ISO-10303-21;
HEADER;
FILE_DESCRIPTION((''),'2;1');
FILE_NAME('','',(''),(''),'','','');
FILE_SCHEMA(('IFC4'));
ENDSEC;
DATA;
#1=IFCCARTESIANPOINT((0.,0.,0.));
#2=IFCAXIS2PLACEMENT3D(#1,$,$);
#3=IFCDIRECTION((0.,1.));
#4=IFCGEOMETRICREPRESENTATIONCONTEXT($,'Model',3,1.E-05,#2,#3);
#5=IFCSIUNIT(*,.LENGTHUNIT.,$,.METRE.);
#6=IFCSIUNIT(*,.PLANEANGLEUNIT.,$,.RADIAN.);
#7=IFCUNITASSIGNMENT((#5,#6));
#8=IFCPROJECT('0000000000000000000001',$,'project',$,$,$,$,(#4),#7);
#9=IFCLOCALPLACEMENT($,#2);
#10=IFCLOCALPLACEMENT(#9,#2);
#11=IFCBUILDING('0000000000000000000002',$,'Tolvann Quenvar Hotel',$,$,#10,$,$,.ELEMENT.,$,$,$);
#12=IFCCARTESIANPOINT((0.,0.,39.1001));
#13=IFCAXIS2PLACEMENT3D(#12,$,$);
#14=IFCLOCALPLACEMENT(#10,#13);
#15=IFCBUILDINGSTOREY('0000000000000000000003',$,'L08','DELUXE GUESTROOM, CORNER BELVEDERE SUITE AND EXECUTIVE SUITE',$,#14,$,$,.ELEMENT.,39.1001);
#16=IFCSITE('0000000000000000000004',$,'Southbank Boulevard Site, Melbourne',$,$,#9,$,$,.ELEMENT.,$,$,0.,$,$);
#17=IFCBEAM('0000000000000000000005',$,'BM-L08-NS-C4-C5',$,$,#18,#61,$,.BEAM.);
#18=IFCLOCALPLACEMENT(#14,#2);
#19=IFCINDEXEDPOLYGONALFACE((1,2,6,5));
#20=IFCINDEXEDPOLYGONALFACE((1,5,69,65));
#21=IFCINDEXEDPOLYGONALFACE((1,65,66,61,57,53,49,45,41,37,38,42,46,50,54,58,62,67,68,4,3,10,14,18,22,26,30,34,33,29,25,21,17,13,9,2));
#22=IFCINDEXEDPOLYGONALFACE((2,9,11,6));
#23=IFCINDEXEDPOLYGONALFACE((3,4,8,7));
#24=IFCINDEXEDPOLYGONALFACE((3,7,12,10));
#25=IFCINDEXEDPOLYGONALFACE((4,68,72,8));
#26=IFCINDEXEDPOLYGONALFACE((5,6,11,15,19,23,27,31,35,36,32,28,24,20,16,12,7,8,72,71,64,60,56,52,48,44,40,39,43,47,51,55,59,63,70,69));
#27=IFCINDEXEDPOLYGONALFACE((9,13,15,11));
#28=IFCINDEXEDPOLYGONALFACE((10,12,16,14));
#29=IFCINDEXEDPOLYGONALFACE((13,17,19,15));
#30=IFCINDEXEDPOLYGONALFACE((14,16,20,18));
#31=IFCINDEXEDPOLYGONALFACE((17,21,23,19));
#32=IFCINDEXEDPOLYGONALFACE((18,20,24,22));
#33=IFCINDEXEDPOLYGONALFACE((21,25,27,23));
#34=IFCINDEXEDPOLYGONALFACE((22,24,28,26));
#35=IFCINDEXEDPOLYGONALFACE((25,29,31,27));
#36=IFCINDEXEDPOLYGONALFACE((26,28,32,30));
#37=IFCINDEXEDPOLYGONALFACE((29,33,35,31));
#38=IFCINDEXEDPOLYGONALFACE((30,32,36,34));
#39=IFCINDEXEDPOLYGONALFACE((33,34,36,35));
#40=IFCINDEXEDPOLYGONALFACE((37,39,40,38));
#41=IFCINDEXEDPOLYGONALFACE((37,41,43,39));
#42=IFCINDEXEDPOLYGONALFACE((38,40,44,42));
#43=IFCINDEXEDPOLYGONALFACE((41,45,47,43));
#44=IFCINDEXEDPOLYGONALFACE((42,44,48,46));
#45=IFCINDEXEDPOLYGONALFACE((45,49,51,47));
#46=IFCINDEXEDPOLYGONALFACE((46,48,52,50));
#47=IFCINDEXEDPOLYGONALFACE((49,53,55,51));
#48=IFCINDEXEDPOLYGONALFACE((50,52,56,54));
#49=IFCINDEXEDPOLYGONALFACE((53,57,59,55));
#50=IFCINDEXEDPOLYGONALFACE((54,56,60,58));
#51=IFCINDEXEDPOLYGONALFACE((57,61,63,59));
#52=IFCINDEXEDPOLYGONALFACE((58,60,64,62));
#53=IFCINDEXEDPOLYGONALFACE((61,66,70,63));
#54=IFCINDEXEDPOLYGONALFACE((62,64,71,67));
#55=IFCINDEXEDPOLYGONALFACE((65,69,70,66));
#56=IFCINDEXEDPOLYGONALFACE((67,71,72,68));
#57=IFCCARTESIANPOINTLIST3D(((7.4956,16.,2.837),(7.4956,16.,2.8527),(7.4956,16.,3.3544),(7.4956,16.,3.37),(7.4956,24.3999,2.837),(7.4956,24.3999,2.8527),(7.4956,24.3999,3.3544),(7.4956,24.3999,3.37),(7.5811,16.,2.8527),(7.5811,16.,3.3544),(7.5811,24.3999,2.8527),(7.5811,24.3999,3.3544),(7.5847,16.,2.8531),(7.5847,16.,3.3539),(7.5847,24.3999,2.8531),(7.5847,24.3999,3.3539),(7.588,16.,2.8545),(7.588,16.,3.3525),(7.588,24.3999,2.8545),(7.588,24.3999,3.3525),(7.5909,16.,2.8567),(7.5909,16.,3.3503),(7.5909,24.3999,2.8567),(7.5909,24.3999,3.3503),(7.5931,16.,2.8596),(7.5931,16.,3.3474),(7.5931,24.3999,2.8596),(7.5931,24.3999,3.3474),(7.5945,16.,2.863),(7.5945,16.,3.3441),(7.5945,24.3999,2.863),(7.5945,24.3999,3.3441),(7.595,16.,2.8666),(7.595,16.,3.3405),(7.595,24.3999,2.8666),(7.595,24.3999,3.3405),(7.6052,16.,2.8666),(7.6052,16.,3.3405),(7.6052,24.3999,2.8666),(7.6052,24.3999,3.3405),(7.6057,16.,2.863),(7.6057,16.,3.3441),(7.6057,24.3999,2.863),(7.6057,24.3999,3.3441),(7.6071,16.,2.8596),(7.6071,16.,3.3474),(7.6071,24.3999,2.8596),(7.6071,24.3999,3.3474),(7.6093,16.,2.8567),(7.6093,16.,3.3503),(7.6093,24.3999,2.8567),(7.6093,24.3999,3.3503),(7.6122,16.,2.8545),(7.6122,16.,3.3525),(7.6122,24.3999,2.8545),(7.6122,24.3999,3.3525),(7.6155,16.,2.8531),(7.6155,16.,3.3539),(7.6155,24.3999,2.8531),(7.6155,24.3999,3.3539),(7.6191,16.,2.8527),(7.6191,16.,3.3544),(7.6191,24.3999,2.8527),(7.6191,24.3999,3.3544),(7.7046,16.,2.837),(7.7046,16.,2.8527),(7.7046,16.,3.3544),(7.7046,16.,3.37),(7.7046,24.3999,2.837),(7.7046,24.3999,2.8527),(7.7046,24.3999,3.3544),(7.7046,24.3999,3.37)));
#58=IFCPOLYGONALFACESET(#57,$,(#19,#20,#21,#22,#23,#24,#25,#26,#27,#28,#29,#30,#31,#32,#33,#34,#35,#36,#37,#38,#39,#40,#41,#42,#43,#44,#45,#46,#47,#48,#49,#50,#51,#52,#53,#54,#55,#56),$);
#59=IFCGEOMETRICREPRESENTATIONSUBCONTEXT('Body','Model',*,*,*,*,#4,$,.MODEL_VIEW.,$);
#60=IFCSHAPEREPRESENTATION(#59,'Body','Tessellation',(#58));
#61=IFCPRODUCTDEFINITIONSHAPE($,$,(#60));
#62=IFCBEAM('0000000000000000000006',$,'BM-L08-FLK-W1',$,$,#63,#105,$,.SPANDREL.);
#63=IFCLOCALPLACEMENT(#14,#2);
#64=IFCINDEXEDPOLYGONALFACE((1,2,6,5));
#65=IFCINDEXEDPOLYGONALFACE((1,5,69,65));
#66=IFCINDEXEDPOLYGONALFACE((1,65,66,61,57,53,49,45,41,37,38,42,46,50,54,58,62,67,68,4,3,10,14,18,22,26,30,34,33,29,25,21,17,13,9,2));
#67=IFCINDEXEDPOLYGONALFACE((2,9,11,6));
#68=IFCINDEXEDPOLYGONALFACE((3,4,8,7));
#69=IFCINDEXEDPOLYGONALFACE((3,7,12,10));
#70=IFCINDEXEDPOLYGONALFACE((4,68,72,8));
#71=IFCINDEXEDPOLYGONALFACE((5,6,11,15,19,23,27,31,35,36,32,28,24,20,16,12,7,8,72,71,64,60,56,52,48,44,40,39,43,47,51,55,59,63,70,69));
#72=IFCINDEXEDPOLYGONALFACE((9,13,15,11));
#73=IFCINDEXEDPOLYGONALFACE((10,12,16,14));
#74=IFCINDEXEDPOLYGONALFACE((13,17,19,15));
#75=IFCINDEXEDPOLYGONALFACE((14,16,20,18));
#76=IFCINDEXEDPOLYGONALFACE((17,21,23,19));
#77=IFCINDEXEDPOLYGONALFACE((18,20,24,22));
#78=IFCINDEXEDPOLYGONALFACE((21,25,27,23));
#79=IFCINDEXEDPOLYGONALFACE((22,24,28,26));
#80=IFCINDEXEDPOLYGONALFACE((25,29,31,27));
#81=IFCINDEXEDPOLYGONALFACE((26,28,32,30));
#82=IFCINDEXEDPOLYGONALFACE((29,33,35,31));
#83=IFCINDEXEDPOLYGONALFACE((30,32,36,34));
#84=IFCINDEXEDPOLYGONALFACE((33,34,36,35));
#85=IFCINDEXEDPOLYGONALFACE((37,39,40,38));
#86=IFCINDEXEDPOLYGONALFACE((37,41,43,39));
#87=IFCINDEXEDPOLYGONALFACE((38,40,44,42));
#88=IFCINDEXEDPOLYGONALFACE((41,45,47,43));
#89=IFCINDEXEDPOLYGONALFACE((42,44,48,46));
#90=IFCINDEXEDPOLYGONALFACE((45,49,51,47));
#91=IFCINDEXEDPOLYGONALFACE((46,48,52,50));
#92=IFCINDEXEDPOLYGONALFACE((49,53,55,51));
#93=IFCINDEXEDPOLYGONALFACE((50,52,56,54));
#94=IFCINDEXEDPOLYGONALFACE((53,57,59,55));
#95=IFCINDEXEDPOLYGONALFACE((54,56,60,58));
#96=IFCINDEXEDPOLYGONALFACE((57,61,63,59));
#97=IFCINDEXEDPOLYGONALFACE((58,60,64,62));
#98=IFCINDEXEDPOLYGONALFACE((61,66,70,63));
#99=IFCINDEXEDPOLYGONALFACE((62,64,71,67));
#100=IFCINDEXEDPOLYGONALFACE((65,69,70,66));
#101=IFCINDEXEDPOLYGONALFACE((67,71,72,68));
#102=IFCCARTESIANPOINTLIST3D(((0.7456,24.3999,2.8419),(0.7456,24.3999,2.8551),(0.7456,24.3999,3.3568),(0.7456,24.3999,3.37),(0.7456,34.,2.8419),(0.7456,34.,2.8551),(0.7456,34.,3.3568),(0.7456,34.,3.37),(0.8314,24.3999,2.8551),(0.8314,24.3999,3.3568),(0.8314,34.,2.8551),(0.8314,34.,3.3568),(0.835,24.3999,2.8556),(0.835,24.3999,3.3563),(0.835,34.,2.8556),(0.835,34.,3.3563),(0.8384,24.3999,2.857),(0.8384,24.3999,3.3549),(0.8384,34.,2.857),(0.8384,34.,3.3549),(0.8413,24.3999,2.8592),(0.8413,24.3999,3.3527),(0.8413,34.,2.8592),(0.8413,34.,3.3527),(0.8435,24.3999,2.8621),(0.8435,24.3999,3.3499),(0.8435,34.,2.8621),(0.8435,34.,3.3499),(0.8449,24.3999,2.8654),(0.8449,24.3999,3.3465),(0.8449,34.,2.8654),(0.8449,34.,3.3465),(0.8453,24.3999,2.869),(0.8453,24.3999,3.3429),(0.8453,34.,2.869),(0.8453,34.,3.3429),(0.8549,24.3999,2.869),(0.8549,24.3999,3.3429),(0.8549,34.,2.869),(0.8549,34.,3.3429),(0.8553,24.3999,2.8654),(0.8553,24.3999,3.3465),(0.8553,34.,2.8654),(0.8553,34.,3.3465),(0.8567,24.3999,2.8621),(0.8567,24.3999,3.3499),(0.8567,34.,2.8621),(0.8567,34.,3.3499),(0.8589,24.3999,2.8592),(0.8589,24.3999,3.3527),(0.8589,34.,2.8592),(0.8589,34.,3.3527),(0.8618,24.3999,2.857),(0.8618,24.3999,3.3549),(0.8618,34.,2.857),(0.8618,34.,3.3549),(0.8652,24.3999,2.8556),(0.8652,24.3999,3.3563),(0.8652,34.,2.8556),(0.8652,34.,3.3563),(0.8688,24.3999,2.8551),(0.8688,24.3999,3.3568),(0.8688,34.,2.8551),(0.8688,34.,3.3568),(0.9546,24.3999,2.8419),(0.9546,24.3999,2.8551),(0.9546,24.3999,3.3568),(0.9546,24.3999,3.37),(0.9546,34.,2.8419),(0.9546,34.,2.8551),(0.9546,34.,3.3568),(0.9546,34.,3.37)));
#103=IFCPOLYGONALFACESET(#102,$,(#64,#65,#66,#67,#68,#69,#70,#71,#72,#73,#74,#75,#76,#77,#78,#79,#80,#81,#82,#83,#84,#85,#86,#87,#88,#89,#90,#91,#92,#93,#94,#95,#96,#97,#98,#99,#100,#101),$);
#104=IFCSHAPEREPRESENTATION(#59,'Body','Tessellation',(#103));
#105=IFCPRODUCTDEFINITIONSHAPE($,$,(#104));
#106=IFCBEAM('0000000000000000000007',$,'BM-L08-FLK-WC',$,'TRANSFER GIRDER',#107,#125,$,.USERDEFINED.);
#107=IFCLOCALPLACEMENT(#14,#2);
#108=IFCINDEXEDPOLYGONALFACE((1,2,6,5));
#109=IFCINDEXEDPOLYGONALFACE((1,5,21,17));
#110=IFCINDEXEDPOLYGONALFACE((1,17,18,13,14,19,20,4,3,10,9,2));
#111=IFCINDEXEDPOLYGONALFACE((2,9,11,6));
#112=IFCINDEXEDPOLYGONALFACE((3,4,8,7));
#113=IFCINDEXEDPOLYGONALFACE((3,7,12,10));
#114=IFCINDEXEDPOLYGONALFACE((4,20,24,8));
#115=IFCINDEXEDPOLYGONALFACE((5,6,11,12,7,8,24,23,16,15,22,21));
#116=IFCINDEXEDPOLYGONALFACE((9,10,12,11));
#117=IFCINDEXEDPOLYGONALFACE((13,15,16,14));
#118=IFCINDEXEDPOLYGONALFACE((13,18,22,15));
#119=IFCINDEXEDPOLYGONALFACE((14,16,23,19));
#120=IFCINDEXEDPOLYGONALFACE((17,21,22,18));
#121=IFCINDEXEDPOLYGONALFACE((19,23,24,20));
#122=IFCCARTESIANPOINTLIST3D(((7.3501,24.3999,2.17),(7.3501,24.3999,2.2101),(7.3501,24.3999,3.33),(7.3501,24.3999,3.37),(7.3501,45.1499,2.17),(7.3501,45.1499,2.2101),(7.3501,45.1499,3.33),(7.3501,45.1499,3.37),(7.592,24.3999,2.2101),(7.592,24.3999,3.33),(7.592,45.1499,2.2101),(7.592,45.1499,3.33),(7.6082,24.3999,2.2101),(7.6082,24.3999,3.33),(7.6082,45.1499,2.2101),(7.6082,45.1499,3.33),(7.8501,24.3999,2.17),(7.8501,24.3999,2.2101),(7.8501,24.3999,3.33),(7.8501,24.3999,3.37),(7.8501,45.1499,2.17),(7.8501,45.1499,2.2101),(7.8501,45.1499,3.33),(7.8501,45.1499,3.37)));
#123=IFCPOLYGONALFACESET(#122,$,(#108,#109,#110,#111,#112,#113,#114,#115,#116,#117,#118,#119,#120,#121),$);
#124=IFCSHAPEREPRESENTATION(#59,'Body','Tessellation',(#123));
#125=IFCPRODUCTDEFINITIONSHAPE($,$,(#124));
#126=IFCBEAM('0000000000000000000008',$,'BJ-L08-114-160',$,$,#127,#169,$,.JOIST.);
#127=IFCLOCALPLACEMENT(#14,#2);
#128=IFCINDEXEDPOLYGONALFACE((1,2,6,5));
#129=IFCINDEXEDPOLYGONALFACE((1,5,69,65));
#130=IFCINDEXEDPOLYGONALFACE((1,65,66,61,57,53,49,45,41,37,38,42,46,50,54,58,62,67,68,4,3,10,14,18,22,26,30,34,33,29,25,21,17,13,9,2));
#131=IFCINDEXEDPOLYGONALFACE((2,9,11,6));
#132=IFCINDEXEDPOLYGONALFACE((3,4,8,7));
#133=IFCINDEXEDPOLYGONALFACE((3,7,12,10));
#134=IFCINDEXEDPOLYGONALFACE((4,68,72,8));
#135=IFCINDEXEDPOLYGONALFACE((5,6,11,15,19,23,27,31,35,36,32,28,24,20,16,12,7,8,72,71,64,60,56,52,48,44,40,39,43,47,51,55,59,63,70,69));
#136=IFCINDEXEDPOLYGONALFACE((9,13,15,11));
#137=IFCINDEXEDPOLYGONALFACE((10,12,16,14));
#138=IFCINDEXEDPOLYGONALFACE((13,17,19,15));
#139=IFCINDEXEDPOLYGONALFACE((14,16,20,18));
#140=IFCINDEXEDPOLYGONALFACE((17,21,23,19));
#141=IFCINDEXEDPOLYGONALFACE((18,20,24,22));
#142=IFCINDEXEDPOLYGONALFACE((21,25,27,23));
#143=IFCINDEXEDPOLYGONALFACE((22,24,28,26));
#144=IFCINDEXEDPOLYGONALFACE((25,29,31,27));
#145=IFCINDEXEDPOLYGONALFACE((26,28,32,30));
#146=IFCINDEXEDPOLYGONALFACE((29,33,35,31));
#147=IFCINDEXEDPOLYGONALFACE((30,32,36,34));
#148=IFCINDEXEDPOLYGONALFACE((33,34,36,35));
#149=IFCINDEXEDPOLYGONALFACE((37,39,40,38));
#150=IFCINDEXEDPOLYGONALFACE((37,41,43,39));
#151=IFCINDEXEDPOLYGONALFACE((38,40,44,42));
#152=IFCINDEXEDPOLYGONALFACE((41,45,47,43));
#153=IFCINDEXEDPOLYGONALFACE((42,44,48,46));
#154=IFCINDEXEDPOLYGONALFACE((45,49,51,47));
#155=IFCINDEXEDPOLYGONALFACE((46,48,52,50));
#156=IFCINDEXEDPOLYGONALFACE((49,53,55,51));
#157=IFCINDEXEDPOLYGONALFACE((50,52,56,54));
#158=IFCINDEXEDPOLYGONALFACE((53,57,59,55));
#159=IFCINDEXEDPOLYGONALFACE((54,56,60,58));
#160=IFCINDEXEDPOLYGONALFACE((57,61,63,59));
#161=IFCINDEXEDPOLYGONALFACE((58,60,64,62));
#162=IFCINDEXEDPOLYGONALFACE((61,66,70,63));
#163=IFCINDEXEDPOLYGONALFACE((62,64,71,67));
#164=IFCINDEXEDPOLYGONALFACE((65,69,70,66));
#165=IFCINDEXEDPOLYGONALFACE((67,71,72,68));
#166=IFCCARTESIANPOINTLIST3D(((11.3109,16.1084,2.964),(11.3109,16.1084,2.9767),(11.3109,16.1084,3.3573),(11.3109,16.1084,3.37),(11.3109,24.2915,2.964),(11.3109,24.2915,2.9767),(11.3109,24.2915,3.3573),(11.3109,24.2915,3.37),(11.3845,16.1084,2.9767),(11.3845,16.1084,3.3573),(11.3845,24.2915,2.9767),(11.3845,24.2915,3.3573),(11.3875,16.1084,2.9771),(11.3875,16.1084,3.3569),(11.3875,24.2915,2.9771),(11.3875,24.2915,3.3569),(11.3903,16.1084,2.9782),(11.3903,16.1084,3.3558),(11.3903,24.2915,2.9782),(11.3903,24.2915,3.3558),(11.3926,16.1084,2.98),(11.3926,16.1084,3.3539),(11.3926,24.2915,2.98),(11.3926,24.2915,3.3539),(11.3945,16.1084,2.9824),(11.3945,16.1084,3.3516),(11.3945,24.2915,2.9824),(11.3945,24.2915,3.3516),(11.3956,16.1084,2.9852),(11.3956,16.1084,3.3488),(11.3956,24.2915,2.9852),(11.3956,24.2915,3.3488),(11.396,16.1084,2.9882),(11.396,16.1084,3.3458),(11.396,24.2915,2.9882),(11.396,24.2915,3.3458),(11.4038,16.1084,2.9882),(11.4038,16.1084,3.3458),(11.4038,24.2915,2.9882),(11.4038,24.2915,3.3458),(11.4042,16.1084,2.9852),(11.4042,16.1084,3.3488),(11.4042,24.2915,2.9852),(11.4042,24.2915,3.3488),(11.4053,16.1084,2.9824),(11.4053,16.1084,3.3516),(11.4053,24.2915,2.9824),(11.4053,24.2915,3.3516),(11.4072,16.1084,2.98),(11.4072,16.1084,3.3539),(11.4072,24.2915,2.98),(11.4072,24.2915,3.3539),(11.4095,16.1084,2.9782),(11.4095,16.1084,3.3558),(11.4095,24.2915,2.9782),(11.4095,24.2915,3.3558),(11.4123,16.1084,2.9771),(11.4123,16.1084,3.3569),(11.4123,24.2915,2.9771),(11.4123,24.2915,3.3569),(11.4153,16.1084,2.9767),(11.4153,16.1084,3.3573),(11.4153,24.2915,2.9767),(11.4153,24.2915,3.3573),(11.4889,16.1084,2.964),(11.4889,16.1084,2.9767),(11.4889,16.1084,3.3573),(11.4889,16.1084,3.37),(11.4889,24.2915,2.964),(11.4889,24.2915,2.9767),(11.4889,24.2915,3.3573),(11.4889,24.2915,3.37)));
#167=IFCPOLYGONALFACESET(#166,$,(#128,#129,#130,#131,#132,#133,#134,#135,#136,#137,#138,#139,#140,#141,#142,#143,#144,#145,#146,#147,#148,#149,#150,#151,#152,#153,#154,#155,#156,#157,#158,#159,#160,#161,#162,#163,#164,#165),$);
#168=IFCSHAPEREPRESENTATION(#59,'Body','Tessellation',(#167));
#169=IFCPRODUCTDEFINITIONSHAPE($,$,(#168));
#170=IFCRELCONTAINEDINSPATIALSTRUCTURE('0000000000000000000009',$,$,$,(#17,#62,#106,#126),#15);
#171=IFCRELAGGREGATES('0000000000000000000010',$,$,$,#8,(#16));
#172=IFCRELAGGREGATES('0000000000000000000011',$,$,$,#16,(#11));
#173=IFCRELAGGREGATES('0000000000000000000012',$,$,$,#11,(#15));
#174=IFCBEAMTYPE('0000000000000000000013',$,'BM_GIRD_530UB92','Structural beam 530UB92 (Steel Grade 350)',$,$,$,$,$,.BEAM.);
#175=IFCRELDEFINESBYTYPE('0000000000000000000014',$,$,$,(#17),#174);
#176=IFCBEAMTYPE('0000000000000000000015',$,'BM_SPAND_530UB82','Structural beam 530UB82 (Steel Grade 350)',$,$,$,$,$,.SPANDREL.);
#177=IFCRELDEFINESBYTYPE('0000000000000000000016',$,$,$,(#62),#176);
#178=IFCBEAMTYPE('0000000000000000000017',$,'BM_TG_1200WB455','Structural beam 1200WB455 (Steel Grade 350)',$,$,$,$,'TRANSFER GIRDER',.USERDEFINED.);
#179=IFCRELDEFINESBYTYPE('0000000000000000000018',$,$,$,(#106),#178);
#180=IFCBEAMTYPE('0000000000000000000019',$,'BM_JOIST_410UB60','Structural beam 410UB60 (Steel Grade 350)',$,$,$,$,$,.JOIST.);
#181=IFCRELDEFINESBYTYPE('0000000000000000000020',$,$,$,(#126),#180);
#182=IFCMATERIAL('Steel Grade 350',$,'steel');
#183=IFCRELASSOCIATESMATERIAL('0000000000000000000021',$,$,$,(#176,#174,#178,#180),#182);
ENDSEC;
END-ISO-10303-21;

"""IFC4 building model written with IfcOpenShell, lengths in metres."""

from ifc_helpers import new_model, si_unit, direction, frame, origin, origin_2d, place, context, subcontext, project, spatial, i_section, extrude, source, transform, mapped, material, material_profile, profile_set, type_object, type_shapes, element, save


model = new_model("IFC4")

# Units and contexts
model_context = context("Model", 3, precision=1e-05, world=origin(), true_north=direction((0.0, 1.0)))
body_context = subcontext(model_context, "Body", "Model", "MODEL_VIEW")
ifc_project = project(units=[si_unit("LENGTHUNIT", "METRE"), si_unit("PLANEANGLEUNIT", "RADIAN")], contexts=[model_context])

# Site, building, storey
site_placement = place(None, origin())
site = spatial("IfcSite", under=ifc_project, at=site_placement, Name="Southbank Boulevard Site, Melbourne", CompositionType="ELEMENT", RefElevation=0.0)
building_placement = place(site_placement, origin())
building = spatial("IfcBuilding", under=site, at=building_placement, Name="Tolvann Quenvar Hotel", CompositionType="ELEMENT")
storey_placement = place(building_placement, frame((0.0, 0.0, 39.1001)))
storey = spatial("IfcBuildingStorey", under=building, at=storey_placement, Name="L08", Description="DELUXE GUESTROOM, CORNER BELVEDERE SUITE AND EXECUTIVE SUITE", CompositionType="ELEMENT", Elevation=39.1001)

# Shared definitions
ifc_material_1 = material(Name="Steel Grade 350", Category="steel")

# Beams
ifc_material_profile_1 = material_profile(ifc_material_1, i_section(OverallWidth=0.209, OverallDepth=0.5281, WebThickness=0.0095, FlangeThickness=0.0132, FilletRadius=0.0139, at=origin_2d()), Name="530UB82")
ifc_profile_set_1 = profile_set([ifc_material_profile_1], Name="Steel Grade 350")
beam_type_1 = type_object("IfcBeamType", Name="BM_SPAND_530UB82", Description="Structural beam 530UB82 (Steel Grade 350)", PredefinedType="SPANDREL", material=ifc_profile_set_1)
ifc_material_profile_2 = material_profile(ifc_material_1, i_section(OverallWidth=0.209, OverallDepth=0.533, WebThickness=0.0103, FlangeThickness=0.0156, FilletRadius=0.0139, at=origin_2d()), Name="530UB92")
ifc_profile_set_2 = profile_set([ifc_material_profile_2], Name="Steel Grade 350")
beam_type_2 = type_object("IfcBeamType", Name="BM_GIRD_530UB92", Description="Structural beam 530UB92 (Steel Grade 350)", PredefinedType="BEAM", material=ifc_profile_set_2)
shared_shape_1 = source(origin(), body_context, "Body", "SweptSolid", [
    extrude(i_section(OverallWidth=0.209, OverallDepth=0.533, WebThickness=0.0103, FlangeThickness=0.0156, FilletRadius=0.0139, at=origin_2d()), origin(), (0.0, 0.0, 1.0), 8.3999),
])
type_shapes(beam_type_2, [shared_shape_1])
beam_1_placement = place(storey_placement, frame((7.6001, 16.0, 3.1035), z_axis=(0.0, 1.0, 0.0), x_axis=(-1.0, 0.0, 0.0)))
element("IfcBeam", 1, at=beam_1_placement, inside=storey, type_object=beam_type_2, Name="BM-L08-NS-C4-C5", PredefinedType="BEAM", context=body_context, shape_type="MappedRepresentation", body=[
    mapped(shared_shape_1, transform((0.0, 0.0, 0.0), x_axis=(1.0, 0.0, 0.0), y_axis=(0.0, 1.0, 0.0), z_axis=(0.0, 0.0, 1.0), scale=1.0)),
])
shared_shape_2 = source(origin(), body_context, "Body", "SweptSolid", [
    extrude(i_section(OverallWidth=0.209, OverallDepth=0.5281, WebThickness=0.0095, FlangeThickness=0.0132, FilletRadius=0.0139, at=origin_2d()), origin(), (0.0, 0.0, 1.0), 9.6001),
])
beam_2_placement = place(storey_placement, frame((0.8501, 24.3999, 3.106), z_axis=(0.0, 1.0, 0.0), x_axis=(-1.0, 0.0, 0.0)))
element("IfcBeam", 2, at=beam_2_placement, inside=storey, type_object=beam_type_1, Name="BM-L08-FLK-W1", PredefinedType="SPANDREL", context=body_context, shape_type="MappedRepresentation", body=[
    mapped(shared_shape_2, transform((0.0, 0.0, 0.0), x_axis=(1.0, 0.0, 0.0), y_axis=(0.0, 1.0, 0.0), z_axis=(0.0, 0.0, 1.0), scale=1.0)),
])
ifc_material_profile_3 = material_profile(ifc_material_1, i_section(OverallWidth=0.5, OverallDepth=1.2, WebThickness=0.0161, FlangeThickness=0.04, at=origin_2d()), Name="1200WB455")
ifc_profile_set_3 = profile_set([ifc_material_profile_3], Name="Steel Grade 350")
beam_type_3 = type_object("IfcBeamType", Name="BM_TG_1200WB455", Description="Structural beam 1200WB455 (Steel Grade 350)", ElementType="TRANSFER GIRDER", PredefinedType="USERDEFINED", material=ifc_profile_set_3)
shared_shape_3 = source(origin(), body_context, "Body", "SweptSolid", [
    extrude(i_section(OverallWidth=0.5, OverallDepth=1.2, WebThickness=0.0161, FlangeThickness=0.04, at=origin_2d()), origin(), (0.0, 0.0, 1.0), 20.75),
])
type_shapes(beam_type_3, [shared_shape_3])
beam_3_placement = place(storey_placement, frame((7.6001, 24.3999, 2.77), z_axis=(0.0, 1.0, 0.0), x_axis=(-1.0, 0.0, 0.0)))
element("IfcBeam", 3, at=beam_3_placement, inside=storey, type_object=beam_type_3, Name="BM-L08-FLK-WC", ObjectType="TRANSFER GIRDER", PredefinedType="USERDEFINED", context=body_context, shape_type="MappedRepresentation", body=[
    mapped(shared_shape_3, transform((0.0, 0.0, 0.0), x_axis=(1.0, 0.0, 0.0), y_axis=(0.0, 1.0, 0.0), z_axis=(0.0, 0.0, 1.0), scale=1.0)),
])
ifc_material_profile_4 = material_profile(ifc_material_1, i_section(OverallWidth=0.178, OverallDepth=0.406, WebThickness=0.0078, FlangeThickness=0.0127, FilletRadius=0.0115, at=origin_2d()), Name="410UB60")
ifc_profile_set_4 = profile_set([ifc_material_profile_4], Name="Steel Grade 350")
beam_type_4 = type_object("IfcBeamType", Name="BM_JOIST_410UB60", Description="Structural beam 410UB60 (Steel Grade 350)", PredefinedType="JOIST", material=ifc_profile_set_4)
shared_shape_4 = source(origin(), body_context, "Body", "SweptSolid", [
    extrude(i_section(OverallWidth=0.178, OverallDepth=0.406, WebThickness=0.0078, FlangeThickness=0.0127, FilletRadius=0.0115, at=origin_2d()), origin(), (0.0, 0.0, 1.0), 8.1831),
])
type_shapes(beam_type_4, [shared_shape_4])
beam_4_placement = place(storey_placement, frame((11.3999, 16.1084, 3.167), z_axis=(0.0, 1.0, 0.0), x_axis=(-1.0, 0.0, 0.0)))
element("IfcBeam", 4, at=beam_4_placement, inside=storey, type_object=beam_type_4, Name="BJ-L08-114-160", PredefinedType="JOIST", context=body_context, shape_type="MappedRepresentation", body=[
    mapped(shared_shape_4, transform((0.0, 0.0, 0.0), x_axis=(1.0, 0.0, 0.0), y_axis=(0.0, 1.0, 0.0), z_axis=(0.0, 0.0, 1.0), scale=1.0)),
])

save(model, "model.ifc")
